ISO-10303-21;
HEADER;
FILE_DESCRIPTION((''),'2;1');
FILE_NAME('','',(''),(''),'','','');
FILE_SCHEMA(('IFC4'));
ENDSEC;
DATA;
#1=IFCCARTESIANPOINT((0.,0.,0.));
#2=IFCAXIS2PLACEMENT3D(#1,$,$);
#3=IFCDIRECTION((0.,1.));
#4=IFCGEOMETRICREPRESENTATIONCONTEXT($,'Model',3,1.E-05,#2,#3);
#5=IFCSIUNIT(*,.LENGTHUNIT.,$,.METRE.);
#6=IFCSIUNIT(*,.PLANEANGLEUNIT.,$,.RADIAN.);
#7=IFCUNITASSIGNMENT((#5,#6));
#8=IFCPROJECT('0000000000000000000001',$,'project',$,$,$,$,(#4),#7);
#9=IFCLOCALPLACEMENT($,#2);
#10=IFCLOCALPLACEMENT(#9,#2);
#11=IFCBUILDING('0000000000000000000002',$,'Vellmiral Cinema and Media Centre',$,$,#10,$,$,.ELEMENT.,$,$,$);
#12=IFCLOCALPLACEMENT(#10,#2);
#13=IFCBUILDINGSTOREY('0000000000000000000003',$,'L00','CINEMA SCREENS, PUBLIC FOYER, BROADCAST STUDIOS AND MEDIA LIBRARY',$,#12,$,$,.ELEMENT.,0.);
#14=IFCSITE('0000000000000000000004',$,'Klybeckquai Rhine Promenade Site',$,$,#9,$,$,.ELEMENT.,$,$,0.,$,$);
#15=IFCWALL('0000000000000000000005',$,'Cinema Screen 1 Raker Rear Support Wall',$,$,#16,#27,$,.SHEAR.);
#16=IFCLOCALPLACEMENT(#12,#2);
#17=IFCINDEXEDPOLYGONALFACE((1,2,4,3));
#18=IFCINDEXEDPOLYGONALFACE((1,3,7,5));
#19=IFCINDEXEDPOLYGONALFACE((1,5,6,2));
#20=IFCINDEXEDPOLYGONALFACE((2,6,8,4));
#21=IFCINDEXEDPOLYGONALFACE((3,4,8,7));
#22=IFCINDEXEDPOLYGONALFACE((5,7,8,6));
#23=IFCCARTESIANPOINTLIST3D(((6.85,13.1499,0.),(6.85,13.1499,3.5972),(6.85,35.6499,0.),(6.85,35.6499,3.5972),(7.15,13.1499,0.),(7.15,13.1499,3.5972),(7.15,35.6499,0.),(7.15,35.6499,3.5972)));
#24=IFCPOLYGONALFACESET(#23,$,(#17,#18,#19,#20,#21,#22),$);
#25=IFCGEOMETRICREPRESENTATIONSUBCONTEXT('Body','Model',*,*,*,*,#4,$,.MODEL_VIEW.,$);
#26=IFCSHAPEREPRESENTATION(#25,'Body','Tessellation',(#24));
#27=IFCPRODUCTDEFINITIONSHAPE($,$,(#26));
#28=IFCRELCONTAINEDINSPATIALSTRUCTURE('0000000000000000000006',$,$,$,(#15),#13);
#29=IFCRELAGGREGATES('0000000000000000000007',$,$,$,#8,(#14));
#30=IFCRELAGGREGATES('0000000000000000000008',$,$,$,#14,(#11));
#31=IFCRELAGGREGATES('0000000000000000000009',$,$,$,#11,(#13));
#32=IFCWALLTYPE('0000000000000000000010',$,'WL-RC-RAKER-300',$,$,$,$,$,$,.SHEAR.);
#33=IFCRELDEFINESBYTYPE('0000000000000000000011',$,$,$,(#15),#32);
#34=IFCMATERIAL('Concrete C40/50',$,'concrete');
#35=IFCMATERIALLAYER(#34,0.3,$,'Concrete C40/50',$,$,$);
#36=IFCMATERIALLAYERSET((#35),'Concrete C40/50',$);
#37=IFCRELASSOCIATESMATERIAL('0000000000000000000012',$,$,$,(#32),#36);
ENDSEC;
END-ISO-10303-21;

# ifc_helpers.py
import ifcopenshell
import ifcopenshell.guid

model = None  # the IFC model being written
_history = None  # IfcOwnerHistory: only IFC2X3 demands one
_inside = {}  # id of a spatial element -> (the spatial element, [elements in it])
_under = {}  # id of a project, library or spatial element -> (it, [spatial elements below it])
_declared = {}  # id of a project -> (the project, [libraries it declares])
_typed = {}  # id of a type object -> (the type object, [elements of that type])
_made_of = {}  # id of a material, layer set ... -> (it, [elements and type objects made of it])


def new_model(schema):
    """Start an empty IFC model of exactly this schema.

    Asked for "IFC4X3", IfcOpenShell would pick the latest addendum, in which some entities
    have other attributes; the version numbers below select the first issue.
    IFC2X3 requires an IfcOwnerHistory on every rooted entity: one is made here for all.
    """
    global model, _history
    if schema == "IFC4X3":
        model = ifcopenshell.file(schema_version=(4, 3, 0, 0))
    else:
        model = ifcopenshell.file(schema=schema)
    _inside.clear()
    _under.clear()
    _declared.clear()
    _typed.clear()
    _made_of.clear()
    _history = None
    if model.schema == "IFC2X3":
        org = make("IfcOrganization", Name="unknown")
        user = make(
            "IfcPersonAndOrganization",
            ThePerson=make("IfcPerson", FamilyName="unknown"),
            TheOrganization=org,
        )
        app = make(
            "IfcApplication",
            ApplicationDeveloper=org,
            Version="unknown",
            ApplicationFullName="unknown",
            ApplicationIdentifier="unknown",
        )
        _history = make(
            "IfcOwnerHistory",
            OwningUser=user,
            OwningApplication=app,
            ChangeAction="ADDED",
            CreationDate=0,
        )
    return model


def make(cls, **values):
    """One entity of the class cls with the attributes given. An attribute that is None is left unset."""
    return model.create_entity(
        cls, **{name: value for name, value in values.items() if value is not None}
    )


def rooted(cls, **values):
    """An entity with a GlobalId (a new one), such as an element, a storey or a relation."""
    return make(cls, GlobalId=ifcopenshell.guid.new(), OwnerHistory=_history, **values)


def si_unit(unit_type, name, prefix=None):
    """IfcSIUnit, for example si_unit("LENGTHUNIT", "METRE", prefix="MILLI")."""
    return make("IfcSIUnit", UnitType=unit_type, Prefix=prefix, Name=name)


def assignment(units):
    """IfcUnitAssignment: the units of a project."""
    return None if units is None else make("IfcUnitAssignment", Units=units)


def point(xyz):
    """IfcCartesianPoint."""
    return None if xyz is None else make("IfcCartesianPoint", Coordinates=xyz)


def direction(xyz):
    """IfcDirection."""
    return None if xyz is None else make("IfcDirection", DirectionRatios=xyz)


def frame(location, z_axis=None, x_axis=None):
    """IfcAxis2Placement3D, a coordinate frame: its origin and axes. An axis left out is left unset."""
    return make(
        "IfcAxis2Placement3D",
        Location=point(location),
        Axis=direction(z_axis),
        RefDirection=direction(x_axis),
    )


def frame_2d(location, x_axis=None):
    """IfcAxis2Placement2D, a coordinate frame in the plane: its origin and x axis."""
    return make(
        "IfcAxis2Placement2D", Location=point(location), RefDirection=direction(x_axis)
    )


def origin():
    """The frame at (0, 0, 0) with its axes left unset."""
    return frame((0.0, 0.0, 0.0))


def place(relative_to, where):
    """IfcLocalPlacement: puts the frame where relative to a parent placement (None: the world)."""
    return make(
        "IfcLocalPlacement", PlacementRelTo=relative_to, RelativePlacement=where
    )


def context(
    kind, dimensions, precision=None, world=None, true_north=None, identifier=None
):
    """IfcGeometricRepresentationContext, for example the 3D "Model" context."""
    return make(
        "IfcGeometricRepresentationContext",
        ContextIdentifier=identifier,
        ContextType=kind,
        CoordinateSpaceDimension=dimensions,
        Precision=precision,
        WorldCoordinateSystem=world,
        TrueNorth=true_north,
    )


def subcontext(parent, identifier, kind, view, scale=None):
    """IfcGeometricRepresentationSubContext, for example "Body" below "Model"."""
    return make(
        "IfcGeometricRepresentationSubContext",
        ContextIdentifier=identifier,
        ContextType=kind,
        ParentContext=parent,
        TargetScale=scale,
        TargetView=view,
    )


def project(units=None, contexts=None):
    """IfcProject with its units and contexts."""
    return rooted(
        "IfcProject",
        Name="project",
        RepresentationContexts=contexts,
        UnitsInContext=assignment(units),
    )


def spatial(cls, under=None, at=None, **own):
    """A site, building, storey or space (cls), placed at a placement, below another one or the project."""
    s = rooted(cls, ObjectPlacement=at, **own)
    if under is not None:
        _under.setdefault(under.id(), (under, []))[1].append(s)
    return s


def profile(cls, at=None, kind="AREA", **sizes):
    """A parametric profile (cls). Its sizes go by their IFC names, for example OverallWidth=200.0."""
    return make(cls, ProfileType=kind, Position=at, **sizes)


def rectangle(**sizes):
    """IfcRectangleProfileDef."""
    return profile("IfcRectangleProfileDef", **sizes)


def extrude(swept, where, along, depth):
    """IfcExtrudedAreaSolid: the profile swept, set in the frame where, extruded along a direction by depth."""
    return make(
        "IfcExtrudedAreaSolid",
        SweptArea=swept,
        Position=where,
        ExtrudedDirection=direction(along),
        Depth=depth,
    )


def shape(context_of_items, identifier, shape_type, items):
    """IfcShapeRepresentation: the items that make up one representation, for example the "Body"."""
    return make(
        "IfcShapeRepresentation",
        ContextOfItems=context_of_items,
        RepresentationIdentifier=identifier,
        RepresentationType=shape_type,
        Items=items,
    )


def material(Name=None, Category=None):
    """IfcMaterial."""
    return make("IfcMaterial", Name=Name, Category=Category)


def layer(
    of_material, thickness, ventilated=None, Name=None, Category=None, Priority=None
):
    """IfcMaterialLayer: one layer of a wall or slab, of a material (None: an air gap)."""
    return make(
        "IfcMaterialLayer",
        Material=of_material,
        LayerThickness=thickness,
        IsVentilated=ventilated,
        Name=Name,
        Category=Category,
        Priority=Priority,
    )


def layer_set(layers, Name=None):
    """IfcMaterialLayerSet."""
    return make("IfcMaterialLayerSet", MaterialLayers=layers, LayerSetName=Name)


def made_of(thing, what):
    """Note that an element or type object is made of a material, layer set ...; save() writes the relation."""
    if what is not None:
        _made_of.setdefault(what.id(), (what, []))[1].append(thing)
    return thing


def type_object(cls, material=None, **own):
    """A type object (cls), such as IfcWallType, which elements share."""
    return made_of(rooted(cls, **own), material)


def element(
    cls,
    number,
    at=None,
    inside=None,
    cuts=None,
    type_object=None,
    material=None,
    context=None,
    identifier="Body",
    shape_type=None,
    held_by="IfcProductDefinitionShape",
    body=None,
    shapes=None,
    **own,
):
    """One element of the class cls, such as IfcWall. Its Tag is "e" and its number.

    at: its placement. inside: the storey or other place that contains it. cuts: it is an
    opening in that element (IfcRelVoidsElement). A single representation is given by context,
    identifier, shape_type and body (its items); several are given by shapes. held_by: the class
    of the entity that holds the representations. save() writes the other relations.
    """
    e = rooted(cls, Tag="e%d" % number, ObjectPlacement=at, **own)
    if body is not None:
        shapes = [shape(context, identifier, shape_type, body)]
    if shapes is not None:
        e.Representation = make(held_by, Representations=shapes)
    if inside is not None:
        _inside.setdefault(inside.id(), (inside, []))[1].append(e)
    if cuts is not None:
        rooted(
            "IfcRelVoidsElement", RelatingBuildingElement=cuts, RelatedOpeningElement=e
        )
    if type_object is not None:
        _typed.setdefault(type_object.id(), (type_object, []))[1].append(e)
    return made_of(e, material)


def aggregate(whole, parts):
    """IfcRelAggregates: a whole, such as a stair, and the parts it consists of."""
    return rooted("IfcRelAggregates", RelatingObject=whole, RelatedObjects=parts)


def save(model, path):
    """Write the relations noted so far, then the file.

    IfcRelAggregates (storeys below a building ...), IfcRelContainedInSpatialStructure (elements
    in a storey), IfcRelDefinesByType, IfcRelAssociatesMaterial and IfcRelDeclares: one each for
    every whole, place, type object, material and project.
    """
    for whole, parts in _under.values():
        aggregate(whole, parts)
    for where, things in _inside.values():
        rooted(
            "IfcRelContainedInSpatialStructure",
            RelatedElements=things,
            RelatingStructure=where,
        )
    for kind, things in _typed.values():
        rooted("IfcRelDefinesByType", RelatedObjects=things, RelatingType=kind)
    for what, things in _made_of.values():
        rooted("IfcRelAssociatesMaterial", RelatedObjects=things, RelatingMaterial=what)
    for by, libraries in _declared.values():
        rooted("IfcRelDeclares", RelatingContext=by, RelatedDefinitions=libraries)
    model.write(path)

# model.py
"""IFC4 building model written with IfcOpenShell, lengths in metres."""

from ifc_helpers import new_model, si_unit, direction, frame, frame_2d, origin, place, context, subcontext, project, spatial, rectangle, extrude, material, layer, layer_set, type_object, element, save


model = new_model("IFC4")

# Units and contexts
model_context = context("Model", 3, precision=1e-05, world=origin(), true_north=direction((0.0, 1.0)))
body_context = subcontext(model_context, "Body", "Model", "MODEL_VIEW")
ifc_project = project(units=[si_unit("LENGTHUNIT", "METRE"), si_unit("PLANEANGLEUNIT", "RADIAN")], contexts=[model_context])

# Site, building, storey
site_placement = place(None, origin())
site = spatial("IfcSite", under=ifc_project, at=site_placement, Name="Klybeckquai Rhine Promenade Site", CompositionType="ELEMENT", RefElevation=0.0)
building_placement = place(site_placement, origin())
building = spatial("IfcBuilding", under=site, at=building_placement, Name="Vellmiral Cinema and Media Centre", CompositionType="ELEMENT")
storey_placement = place(building_placement, origin())
storey = spatial("IfcBuildingStorey", under=building, at=storey_placement, Name="L00", Description="CINEMA SCREENS, PUBLIC FOYER, BROADCAST STUDIOS AND MEDIA LIBRARY", CompositionType="ELEMENT", Elevation=0.0)

# Wall
ifc_material_1 = material(Name="Concrete C40/50", Category="concrete")
ifc_layer_1 = layer(ifc_material_1, 0.3, Name="Concrete C40/50")
ifc_layer_set_1 = layer_set([ifc_layer_1], Name="Concrete C40/50")
wall_type_1 = type_object("IfcWallType", Name="WL-RC-RAKER-300", PredefinedType="SHEAR", material=ifc_layer_set_1)
wall_1_placement = place(storey_placement, frame((7.0, 13.1499, 0.0), z_axis=(0.0, 0.0, 1.0), x_axis=(0.0, 1.0, 0.0)))
element("IfcWall", 1, at=wall_1_placement, inside=storey, type_object=wall_type_1, Name="Cinema Screen 1 Raker Rear Support Wall", PredefinedType="SHEAR", context=body_context, shape_type="SweptSolid", body=[
    extrude(rectangle(XDim=22.5, YDim=0.3, at=frame_2d((11.25, 0.0))), origin(), (0.0, 0.0, 1.0), 3.5972),
])

save(model, "model.ifc")
